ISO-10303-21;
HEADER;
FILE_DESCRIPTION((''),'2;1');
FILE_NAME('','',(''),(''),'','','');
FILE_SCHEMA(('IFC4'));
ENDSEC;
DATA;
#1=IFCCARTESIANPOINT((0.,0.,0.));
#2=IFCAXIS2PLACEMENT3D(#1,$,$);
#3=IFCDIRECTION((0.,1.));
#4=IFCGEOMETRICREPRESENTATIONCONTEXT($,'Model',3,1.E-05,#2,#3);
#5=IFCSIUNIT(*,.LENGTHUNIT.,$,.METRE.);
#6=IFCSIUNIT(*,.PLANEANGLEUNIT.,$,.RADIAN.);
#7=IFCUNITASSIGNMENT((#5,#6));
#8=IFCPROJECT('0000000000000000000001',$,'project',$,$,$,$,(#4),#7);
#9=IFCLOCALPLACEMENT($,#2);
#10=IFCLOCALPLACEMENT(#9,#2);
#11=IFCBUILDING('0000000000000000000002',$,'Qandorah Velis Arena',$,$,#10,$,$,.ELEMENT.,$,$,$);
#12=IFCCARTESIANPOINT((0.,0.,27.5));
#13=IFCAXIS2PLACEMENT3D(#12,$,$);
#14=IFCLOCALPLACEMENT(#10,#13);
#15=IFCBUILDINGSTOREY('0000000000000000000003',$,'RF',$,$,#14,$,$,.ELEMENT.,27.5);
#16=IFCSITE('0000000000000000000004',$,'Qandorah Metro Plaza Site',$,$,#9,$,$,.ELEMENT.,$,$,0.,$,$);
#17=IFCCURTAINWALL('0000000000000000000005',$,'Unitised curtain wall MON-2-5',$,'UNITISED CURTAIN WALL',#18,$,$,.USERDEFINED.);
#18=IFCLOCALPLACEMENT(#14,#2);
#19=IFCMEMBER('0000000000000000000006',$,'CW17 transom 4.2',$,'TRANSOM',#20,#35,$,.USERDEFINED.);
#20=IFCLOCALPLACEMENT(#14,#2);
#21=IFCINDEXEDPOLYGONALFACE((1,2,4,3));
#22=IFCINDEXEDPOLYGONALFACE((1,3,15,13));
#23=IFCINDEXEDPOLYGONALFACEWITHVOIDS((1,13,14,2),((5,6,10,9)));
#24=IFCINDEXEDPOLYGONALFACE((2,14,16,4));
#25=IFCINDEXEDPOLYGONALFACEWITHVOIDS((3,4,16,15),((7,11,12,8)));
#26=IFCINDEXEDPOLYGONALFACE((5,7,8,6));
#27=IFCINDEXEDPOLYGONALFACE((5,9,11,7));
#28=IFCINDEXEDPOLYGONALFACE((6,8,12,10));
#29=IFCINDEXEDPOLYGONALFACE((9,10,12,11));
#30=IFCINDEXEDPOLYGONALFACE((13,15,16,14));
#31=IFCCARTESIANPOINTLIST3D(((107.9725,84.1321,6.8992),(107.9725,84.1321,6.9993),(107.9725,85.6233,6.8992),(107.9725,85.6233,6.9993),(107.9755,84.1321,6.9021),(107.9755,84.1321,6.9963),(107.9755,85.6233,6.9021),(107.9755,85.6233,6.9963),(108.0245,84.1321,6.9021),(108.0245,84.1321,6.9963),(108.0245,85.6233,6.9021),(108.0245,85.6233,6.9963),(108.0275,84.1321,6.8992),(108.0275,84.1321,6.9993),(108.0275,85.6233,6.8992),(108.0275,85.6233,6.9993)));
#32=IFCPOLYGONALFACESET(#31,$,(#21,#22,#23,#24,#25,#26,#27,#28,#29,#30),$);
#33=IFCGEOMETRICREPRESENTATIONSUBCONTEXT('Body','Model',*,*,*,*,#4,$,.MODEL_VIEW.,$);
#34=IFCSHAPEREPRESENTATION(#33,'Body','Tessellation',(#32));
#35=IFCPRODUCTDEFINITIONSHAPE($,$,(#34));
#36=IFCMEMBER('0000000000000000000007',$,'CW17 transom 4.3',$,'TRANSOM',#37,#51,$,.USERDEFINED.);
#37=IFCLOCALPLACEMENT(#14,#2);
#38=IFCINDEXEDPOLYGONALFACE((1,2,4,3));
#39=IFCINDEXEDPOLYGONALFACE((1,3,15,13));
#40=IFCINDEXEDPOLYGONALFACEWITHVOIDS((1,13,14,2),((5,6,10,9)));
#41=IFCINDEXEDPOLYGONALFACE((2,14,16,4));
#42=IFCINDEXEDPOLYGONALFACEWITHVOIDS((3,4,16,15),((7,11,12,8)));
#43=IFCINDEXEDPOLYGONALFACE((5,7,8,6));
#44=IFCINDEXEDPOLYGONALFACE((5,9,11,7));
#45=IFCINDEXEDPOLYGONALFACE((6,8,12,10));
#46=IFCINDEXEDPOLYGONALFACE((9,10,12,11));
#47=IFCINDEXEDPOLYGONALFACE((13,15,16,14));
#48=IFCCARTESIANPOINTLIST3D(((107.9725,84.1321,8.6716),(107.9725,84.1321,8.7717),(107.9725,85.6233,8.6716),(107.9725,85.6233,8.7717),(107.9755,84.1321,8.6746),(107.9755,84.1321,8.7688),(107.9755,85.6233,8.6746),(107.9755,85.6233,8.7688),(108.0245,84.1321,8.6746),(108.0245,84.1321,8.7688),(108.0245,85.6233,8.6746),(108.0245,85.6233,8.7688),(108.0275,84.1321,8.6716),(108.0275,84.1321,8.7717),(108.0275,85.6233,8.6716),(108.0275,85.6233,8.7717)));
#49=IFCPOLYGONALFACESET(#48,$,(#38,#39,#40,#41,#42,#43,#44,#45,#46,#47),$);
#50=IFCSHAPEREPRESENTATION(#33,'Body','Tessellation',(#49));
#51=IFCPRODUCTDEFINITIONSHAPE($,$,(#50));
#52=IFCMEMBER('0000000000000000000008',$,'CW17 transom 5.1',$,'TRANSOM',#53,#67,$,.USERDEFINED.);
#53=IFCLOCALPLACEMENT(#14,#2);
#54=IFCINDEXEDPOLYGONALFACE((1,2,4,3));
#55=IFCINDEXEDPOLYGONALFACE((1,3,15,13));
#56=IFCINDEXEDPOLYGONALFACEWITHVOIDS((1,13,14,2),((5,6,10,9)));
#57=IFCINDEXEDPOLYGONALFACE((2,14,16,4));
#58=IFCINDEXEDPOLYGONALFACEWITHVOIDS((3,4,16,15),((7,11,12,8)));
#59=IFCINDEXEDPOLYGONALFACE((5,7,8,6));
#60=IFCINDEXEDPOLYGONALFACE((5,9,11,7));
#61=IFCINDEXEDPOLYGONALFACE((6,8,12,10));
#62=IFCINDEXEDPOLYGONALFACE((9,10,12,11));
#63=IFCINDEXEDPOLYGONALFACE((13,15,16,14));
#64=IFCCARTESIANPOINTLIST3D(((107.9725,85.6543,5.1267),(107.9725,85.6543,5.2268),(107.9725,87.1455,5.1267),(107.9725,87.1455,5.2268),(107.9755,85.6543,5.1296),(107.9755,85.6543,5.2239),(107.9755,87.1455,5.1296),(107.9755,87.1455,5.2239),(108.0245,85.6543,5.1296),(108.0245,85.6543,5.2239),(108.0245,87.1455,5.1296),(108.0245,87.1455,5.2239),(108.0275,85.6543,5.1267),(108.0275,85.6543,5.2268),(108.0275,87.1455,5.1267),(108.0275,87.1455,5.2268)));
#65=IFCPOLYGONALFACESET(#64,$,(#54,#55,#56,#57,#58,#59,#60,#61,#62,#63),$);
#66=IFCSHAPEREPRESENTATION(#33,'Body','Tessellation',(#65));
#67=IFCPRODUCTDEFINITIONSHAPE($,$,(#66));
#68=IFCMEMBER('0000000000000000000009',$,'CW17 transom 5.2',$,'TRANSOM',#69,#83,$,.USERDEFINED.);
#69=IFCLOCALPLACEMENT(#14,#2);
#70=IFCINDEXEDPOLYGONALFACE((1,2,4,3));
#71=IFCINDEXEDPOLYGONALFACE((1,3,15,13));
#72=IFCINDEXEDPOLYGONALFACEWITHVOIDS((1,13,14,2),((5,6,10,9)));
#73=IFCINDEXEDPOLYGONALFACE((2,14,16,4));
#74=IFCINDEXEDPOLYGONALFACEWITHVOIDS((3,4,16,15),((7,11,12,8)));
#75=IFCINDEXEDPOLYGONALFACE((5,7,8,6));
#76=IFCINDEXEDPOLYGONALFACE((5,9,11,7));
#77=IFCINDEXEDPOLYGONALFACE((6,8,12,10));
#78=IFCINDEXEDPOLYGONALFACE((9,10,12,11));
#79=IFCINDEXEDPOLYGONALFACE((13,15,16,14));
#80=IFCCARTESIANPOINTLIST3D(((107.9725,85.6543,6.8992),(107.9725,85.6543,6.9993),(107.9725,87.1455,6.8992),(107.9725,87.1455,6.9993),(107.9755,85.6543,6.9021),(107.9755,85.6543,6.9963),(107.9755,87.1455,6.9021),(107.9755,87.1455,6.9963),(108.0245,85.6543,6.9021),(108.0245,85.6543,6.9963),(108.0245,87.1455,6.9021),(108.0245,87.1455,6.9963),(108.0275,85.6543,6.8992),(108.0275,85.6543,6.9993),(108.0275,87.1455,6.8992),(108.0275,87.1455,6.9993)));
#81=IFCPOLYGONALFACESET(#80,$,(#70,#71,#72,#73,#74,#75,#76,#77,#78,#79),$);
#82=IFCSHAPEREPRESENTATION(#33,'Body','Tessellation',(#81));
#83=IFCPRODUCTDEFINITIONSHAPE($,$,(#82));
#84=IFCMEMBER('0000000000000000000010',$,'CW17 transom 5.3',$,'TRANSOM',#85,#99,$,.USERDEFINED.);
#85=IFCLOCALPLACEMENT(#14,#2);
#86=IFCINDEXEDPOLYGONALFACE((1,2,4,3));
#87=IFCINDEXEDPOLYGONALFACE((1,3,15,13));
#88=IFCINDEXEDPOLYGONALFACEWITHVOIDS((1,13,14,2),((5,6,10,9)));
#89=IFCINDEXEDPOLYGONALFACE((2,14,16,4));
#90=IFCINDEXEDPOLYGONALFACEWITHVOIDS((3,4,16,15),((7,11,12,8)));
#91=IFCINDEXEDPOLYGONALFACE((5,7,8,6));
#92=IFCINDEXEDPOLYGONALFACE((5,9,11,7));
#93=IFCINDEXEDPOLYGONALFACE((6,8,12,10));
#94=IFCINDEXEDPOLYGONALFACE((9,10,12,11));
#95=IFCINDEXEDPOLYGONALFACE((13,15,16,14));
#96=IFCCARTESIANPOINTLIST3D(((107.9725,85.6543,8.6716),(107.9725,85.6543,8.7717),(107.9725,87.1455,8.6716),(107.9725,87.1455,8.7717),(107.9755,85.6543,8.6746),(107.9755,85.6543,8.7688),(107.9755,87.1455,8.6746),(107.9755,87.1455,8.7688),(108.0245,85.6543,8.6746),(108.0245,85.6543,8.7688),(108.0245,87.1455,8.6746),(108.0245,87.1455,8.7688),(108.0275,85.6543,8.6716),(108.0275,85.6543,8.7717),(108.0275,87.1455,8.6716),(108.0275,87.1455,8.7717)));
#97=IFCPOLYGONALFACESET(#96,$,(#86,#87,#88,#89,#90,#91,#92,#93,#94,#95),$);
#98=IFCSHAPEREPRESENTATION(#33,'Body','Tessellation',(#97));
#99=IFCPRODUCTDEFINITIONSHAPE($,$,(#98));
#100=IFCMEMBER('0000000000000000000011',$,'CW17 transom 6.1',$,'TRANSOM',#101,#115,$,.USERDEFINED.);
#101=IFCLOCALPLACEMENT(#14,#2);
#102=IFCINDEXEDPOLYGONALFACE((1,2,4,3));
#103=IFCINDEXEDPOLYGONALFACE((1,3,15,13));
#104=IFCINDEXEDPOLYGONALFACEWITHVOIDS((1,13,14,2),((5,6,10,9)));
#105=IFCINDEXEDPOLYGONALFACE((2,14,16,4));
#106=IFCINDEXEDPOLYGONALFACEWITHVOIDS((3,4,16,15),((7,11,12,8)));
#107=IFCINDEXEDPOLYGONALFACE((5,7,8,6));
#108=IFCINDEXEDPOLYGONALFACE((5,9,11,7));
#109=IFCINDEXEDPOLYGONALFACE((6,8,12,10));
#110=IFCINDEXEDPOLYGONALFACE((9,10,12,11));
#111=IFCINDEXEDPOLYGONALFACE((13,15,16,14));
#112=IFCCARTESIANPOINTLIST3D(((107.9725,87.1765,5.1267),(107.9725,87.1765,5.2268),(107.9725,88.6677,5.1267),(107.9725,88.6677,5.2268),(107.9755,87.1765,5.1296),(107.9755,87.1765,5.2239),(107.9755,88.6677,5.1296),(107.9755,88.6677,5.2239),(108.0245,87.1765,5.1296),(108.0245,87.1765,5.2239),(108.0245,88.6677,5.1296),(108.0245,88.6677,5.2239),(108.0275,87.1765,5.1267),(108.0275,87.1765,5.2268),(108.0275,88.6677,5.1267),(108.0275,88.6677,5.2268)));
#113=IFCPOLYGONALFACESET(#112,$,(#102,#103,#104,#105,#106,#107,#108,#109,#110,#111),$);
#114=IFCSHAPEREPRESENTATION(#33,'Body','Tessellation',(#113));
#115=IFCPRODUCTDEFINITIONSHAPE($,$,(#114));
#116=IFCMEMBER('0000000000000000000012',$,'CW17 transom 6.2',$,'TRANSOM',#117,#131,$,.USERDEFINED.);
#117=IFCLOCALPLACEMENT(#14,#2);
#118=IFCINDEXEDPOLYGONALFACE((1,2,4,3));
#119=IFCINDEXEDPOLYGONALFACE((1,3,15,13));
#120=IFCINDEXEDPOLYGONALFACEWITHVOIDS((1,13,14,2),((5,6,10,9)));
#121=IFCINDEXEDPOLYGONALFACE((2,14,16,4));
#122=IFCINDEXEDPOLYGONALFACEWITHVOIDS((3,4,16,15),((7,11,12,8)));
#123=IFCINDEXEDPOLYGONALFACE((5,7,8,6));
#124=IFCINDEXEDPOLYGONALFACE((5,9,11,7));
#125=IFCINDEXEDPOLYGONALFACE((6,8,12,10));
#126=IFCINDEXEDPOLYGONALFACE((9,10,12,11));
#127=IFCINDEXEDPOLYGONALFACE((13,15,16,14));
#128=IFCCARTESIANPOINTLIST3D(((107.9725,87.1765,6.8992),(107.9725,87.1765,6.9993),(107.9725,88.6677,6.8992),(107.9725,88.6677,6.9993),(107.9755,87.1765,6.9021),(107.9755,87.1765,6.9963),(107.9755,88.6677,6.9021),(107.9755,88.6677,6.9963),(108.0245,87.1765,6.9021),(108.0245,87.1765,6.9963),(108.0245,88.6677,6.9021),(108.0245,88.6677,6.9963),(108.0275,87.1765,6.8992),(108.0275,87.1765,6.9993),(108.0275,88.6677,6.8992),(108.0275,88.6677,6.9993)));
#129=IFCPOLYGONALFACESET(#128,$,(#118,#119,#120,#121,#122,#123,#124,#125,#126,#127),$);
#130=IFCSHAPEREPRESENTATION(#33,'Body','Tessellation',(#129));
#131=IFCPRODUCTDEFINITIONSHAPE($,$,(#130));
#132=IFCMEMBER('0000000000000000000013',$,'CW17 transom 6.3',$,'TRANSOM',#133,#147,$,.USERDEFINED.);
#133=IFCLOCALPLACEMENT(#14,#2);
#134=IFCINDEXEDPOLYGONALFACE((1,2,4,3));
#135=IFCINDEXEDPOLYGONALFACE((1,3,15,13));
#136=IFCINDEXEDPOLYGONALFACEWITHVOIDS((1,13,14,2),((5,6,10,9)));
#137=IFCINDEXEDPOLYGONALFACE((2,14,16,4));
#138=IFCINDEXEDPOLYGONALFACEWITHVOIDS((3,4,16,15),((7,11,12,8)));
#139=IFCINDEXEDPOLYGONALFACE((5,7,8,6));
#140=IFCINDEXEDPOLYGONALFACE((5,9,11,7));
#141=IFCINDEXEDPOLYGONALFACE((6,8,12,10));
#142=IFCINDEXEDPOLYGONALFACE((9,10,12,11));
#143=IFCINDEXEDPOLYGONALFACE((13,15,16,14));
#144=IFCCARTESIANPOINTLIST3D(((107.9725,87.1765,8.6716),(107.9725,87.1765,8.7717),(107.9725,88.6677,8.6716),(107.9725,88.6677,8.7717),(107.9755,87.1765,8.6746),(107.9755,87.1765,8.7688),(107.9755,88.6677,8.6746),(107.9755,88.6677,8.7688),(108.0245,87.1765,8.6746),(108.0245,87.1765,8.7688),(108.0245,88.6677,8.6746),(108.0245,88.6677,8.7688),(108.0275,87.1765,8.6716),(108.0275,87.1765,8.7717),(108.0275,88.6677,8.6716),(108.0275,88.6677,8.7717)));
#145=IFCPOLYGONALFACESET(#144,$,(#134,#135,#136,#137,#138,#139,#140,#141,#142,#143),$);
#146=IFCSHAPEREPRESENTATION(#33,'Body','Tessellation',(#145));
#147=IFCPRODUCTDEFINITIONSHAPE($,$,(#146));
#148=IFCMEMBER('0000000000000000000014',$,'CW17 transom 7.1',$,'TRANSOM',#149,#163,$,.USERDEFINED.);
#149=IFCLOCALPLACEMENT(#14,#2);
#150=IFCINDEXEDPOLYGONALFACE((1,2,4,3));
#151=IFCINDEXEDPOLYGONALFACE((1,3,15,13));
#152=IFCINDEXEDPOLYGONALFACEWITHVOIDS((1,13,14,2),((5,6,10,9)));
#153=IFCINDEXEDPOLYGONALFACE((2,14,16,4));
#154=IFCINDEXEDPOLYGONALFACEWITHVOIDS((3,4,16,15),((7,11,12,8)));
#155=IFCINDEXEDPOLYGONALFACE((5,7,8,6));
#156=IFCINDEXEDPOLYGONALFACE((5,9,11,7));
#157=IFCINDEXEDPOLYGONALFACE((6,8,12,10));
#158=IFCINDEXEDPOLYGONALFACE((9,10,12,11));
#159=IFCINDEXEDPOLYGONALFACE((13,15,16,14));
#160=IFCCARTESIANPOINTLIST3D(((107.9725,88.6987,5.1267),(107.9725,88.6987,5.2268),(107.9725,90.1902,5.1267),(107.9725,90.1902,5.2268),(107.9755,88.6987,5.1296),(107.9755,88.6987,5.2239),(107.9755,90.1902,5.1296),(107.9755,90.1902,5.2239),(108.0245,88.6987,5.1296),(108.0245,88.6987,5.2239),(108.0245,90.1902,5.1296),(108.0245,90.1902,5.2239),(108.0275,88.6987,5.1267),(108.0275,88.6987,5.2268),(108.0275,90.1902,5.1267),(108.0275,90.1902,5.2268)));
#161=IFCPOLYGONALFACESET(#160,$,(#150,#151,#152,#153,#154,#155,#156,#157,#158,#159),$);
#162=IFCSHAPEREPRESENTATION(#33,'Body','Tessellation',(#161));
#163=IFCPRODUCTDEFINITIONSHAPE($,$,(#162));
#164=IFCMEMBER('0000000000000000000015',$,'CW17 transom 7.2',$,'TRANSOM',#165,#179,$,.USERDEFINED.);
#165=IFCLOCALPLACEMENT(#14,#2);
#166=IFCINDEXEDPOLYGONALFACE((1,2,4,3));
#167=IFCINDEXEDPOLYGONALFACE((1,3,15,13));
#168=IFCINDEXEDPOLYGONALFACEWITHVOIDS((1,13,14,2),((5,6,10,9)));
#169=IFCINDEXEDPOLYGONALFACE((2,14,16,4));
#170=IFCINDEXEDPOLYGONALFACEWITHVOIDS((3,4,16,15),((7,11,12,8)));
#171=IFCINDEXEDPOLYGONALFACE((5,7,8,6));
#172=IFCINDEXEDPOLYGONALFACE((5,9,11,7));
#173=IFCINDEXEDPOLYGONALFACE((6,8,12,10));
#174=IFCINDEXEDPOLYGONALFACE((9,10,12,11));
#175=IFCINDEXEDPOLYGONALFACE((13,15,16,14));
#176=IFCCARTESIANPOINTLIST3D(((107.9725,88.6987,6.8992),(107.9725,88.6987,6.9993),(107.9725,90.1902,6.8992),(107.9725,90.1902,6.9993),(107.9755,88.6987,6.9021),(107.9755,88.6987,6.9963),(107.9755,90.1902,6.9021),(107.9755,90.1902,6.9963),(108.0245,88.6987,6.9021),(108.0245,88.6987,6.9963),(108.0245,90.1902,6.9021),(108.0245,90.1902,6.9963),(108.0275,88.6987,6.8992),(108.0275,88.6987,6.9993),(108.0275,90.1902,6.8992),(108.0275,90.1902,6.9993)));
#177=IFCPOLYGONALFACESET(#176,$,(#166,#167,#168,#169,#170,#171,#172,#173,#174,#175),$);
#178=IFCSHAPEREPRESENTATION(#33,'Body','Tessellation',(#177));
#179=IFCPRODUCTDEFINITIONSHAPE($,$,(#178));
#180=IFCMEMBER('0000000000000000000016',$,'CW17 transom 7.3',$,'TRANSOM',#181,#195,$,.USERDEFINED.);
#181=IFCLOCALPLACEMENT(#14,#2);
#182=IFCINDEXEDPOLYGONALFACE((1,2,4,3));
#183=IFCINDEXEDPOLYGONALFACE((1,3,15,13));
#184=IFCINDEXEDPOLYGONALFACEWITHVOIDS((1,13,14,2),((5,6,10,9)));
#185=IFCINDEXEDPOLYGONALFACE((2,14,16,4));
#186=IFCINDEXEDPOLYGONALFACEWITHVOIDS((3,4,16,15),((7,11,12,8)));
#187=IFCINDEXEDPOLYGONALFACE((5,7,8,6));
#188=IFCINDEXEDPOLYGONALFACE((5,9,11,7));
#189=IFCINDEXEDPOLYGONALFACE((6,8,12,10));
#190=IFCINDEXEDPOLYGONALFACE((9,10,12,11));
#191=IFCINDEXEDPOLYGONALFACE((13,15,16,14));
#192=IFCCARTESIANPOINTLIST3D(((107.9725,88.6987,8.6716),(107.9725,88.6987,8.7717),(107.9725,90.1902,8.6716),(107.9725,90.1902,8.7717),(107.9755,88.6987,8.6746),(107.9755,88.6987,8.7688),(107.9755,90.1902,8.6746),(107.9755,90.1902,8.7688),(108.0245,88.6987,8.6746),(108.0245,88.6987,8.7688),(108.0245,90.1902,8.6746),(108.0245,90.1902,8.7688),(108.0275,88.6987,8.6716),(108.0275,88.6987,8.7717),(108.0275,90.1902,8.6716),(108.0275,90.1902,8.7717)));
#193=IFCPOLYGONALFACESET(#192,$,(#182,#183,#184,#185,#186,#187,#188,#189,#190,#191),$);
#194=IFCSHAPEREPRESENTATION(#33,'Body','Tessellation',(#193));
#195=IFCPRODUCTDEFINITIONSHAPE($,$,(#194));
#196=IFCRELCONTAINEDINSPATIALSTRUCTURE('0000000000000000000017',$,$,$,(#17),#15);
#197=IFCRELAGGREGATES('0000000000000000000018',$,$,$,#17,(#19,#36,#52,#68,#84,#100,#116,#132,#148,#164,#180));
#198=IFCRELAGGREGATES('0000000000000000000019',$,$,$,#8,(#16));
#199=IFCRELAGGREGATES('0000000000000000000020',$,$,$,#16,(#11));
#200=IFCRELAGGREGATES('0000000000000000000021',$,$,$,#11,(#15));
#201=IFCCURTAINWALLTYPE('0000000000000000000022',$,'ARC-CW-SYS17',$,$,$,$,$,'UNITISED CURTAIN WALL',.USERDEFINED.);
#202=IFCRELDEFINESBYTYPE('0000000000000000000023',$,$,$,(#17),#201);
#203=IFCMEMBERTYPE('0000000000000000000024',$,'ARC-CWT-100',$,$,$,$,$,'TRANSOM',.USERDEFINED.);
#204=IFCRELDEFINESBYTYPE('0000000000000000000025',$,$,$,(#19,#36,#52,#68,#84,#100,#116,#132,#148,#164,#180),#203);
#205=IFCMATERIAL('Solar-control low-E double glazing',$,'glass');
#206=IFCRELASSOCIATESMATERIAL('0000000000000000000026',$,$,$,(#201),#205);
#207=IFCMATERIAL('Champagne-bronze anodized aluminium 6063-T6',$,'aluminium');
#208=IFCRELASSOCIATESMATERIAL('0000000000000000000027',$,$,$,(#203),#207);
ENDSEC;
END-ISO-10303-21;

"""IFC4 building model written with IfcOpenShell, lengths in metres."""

from ifc_helpers import new_model, si_unit, direction, frame, origin, origin_2d, place, context, subcontext, project, spatial, hollow_rectangle, extrude, material, material_profile, profile_set, type_object, element, aggregate, save


model = new_model("IFC4")

# Units and contexts
model_context = context("Model", 3, precision=1e-05, world=origin(), true_north=direction((0.0, 1.0)))
body_context = subcontext(model_context, "Body", "Model", "MODEL_VIEW")
ifc_project = project(units=[si_unit("LENGTHUNIT", "METRE"), si_unit("PLANEANGLEUNIT", "RADIAN")], contexts=[model_context])

# Site, building, storey
site_placement = place(None, origin())
site = spatial("IfcSite", under=ifc_project, at=site_placement, Name="Qandorah Metro Plaza Site", CompositionType="ELEMENT", RefElevation=0.0)
building_placement = place(site_placement, origin())
building = spatial("IfcBuilding", under=site, at=building_placement, Name="Qandorah Velis Arena", CompositionType="ELEMENT")
storey_placement = place(building_placement, frame((0.0, 0.0, 27.5)))
storey = spatial("IfcBuildingStorey", under=building, at=storey_placement, Name="RF", CompositionType="ELEMENT", Elevation=27.5)

# Curtain wall
ifc_material_1 = material(Name="Solar-control low-E double glazing", Category="glass")
curtain_wall_type_1 = type_object("IfcCurtainWallType", Name="ARC-CW-SYS17", ElementType="UNITISED CURTAIN WALL", PredefinedType="USERDEFINED", material=ifc_material_1)
curtain_wall_1_placement = place(storey_placement, origin())
curtain_wall_1 = element("IfcCurtainWall", 1, at=curtain_wall_1_placement, inside=storey, type_object=curtain_wall_type_1, Name="Unitised curtain wall MON-2-5", ObjectType="UNITISED CURTAIN WALL", PredefinedType="USERDEFINED")
ifc_material_2 = material(Name="Champagne-bronze anodized aluminium 6063-T6", Category="aluminium")

# Members
ifc_material_profile_1 = material_profile(ifc_material_2, hollow_rectangle(XDim=0.0549, YDim=0.1001, WallThickness=0.0029, at=origin_2d()), Name="ALU TRANSOM 55x100")
ifc_profile_set_1 = profile_set([ifc_material_profile_1], Name="Champagne-bronze anodized aluminium 6063-T6")
member_type_1 = type_object("IfcMemberType", Name="ARC-CWT-100", ElementType="TRANSOM", PredefinedType="USERDEFINED", material=ifc_profile_set_1)
member_1_placement = place(storey_placement, frame((108.0, 84.1321, 6.9492), z_axis=(0.0, 1.0, 0.0), x_axis=(-1.0, 0.0, 0.0)))
member_1 = element("IfcMember", 2, at=member_1_placement, type_object=member_type_1, Name="CW17 transom 4.2", ObjectType="TRANSOM", PredefinedType="USERDEFINED", context=body_context, shape_type="SweptSolid", body=[
    extrude(hollow_rectangle(XDim=0.0549, YDim=0.1001, WallThickness=0.0029, at=origin_2d()), origin(), (0.0, 0.0, 1.0), 1.4912),
])
member_2_placement = place(storey_placement, frame((108.0, 84.1321, 8.7217), z_axis=(0.0, 1.0, 0.0), x_axis=(-1.0, 0.0, 0.0)))
member_2 = element("IfcMember", 3, at=member_2_placement, type_object=member_type_1, Name="CW17 transom 4.3", ObjectType="TRANSOM", PredefinedType="USERDEFINED", context=body_context, shape_type="SweptSolid", body=[
    extrude(hollow_rectangle(XDim=0.0549, YDim=0.1001, WallThickness=0.0029, at=origin_2d()), origin(), (0.0, 0.0, 1.0), 1.4912),
])
member_3_placement = place(storey_placement, frame((108.0, 85.6543, 5.1768), z_axis=(0.0, 1.0, 0.0), x_axis=(-1.0, 0.0, 0.0)))
member_3 = element("IfcMember", 4, at=member_3_placement, type_object=member_type_1, Name="CW17 transom 5.1", ObjectType="TRANSOM", PredefinedType="USERDEFINED", context=body_context, shape_type="SweptSolid", body=[
    extrude(hollow_rectangle(XDim=0.0549, YDim=0.1001, WallThickness=0.0029, at=origin_2d()), origin(), (0.0, 0.0, 1.0), 1.4912),
])
member_4_placement = place(storey_placement, frame((108.0, 85.6543, 6.9492), z_axis=(0.0, 1.0, 0.0), x_axis=(-1.0, 0.0, 0.0)))
member_4 = element("IfcMember", 5, at=member_4_placement, type_object=member_type_1, Name="CW17 transom 5.2", ObjectType="TRANSOM", PredefinedType="USERDEFINED", context=body_context, shape_type="SweptSolid", body=[
    extrude(hollow_rectangle(XDim=0.0549, YDim=0.1001, WallThickness=0.0029, at=origin_2d()), origin(), (0.0, 0.0, 1.0), 1.4912),
])
member_5_placement = place(storey_placement, frame((108.0, 85.6543, 8.7217), z_axis=(0.0, 1.0, 0.0), x_axis=(-1.0, 0.0, 0.0)))
member_5 = element("IfcMember", 6, at=member_5_placement, type_object=member_type_1, Name="CW17 transom 5.3", ObjectType="TRANSOM", PredefinedType="USERDEFINED", context=body_context, shape_type="SweptSolid", body=[
    extrude(hollow_rectangle(XDim=0.0549, YDim=0.1001, WallThickness=0.0029, at=origin_2d()), origin(), (0.0, 0.0, 1.0), 1.4912),
])
member_6_placement = place(storey_placement, frame((108.0, 87.1765, 5.1768), z_axis=(0.0, 1.0, 0.0), x_axis=(-1.0, 0.0, 0.0)))
member_6 = element("IfcMember", 7, at=member_6_placement, type_object=member_type_1, Name="CW17 transom 6.1", ObjectType="TRANSOM", PredefinedType="USERDEFINED", context=body_context, shape_type="SweptSolid", body=[
    extrude(hollow_rectangle(XDim=0.0549, YDim=0.1001, WallThickness=0.0029, at=origin_2d()), origin(), (0.0, 0.0, 1.0), 1.4912),
])
member_7_placement = place(storey_placement, frame((108.0, 87.1765, 6.9492), z_axis=(0.0, 1.0, 0.0), x_axis=(-1.0, 0.0, 0.0)))
member_7 = element("IfcMember", 8, at=member_7_placement, type_object=member_type_1, Name="CW17 transom 6.2", ObjectType="TRANSOM", PredefinedType="USERDEFINED", context=body_context, shape_type="SweptSolid", body=[
    extrude(hollow_rectangle(XDim=0.0549, YDim=0.1001, WallThickness=0.0029, at=origin_2d()), origin(), (0.0, 0.0, 1.0), 1.4912),
])
member_8_placement = place(storey_placement, frame((108.0, 87.1765, 8.7217), z_axis=(0.0, 1.0, 0.0), x_axis=(-1.0, 0.0, 0.0)))
member_8 = element("IfcMember", 9, at=member_8_placement, type_object=member_type_1, Name="CW17 transom 6.3", ObjectType="TRANSOM", PredefinedType="USERDEFINED", context=body_context, shape_type="SweptSolid", body=[
    extrude(hollow_rectangle(XDim=0.0549, YDim=0.1001, WallThickness=0.0029, at=origin_2d()), origin(), (0.0, 0.0, 1.0), 1.4912),
])
member_9_placement = place(storey_placement, frame((108.0, 88.6987, 5.1768), z_axis=(0.0, 1.0, 0.0), x_axis=(-1.0, 0.0, 0.0)))
member_9 = element("IfcMember", 10, at=member_9_placement, type_object=member_type_1, Name="CW17 transom 7.1", ObjectType="TRANSOM", PredefinedType="USERDEFINED", context=body_context, shape_type="SweptSolid", body=[
    extrude(hollow_rectangle(XDim=0.0549, YDim=0.1001, WallThickness=0.0029, at=origin_2d()), origin(), (0.0, 0.0, 1.0), 1.4915),
])
member_10_placement = place(storey_placement, frame((108.0, 88.6987, 6.9492), z_axis=(0.0, 1.0, 0.0), x_axis=(-1.0, 0.0, 0.0)))
member_10 = element("IfcMember", 11, at=member_10_placement, type_object=member_type_1, Name="CW17 transom 7.2", ObjectType="TRANSOM", PredefinedType="USERDEFINED", context=body_context, shape_type="SweptSolid", body=[
    extrude(hollow_rectangle(XDim=0.0549, YDim=0.1001, WallThickness=0.0029, at=origin_2d()), origin(), (0.0, 0.0, 1.0), 1.4915),
])
member_11_placement = place(storey_placement, frame((108.0, 88.6987, 8.7217), z_axis=(0.0, 1.0, 0.0), x_axis=(-1.0, 0.0, 0.0)))
member_11 = element("IfcMember", 12, at=member_11_placement, type_object=member_type_1, Name="CW17 transom 7.3", ObjectType="TRANSOM", PredefinedType="USERDEFINED", context=body_context, shape_type="SweptSolid", body=[
    extrude(hollow_rectangle(XDim=0.0549, YDim=0.1001, WallThickness=0.0029, at=origin_2d()), origin(), (0.0, 0.0, 1.0), 1.4915),
])

aggregate(curtain_wall_1, [member_1, member_2, member_3, member_4, member_5, member_6, member_7, member_8, member_9, member_10, member_11])

save(model, "model.ifc")
